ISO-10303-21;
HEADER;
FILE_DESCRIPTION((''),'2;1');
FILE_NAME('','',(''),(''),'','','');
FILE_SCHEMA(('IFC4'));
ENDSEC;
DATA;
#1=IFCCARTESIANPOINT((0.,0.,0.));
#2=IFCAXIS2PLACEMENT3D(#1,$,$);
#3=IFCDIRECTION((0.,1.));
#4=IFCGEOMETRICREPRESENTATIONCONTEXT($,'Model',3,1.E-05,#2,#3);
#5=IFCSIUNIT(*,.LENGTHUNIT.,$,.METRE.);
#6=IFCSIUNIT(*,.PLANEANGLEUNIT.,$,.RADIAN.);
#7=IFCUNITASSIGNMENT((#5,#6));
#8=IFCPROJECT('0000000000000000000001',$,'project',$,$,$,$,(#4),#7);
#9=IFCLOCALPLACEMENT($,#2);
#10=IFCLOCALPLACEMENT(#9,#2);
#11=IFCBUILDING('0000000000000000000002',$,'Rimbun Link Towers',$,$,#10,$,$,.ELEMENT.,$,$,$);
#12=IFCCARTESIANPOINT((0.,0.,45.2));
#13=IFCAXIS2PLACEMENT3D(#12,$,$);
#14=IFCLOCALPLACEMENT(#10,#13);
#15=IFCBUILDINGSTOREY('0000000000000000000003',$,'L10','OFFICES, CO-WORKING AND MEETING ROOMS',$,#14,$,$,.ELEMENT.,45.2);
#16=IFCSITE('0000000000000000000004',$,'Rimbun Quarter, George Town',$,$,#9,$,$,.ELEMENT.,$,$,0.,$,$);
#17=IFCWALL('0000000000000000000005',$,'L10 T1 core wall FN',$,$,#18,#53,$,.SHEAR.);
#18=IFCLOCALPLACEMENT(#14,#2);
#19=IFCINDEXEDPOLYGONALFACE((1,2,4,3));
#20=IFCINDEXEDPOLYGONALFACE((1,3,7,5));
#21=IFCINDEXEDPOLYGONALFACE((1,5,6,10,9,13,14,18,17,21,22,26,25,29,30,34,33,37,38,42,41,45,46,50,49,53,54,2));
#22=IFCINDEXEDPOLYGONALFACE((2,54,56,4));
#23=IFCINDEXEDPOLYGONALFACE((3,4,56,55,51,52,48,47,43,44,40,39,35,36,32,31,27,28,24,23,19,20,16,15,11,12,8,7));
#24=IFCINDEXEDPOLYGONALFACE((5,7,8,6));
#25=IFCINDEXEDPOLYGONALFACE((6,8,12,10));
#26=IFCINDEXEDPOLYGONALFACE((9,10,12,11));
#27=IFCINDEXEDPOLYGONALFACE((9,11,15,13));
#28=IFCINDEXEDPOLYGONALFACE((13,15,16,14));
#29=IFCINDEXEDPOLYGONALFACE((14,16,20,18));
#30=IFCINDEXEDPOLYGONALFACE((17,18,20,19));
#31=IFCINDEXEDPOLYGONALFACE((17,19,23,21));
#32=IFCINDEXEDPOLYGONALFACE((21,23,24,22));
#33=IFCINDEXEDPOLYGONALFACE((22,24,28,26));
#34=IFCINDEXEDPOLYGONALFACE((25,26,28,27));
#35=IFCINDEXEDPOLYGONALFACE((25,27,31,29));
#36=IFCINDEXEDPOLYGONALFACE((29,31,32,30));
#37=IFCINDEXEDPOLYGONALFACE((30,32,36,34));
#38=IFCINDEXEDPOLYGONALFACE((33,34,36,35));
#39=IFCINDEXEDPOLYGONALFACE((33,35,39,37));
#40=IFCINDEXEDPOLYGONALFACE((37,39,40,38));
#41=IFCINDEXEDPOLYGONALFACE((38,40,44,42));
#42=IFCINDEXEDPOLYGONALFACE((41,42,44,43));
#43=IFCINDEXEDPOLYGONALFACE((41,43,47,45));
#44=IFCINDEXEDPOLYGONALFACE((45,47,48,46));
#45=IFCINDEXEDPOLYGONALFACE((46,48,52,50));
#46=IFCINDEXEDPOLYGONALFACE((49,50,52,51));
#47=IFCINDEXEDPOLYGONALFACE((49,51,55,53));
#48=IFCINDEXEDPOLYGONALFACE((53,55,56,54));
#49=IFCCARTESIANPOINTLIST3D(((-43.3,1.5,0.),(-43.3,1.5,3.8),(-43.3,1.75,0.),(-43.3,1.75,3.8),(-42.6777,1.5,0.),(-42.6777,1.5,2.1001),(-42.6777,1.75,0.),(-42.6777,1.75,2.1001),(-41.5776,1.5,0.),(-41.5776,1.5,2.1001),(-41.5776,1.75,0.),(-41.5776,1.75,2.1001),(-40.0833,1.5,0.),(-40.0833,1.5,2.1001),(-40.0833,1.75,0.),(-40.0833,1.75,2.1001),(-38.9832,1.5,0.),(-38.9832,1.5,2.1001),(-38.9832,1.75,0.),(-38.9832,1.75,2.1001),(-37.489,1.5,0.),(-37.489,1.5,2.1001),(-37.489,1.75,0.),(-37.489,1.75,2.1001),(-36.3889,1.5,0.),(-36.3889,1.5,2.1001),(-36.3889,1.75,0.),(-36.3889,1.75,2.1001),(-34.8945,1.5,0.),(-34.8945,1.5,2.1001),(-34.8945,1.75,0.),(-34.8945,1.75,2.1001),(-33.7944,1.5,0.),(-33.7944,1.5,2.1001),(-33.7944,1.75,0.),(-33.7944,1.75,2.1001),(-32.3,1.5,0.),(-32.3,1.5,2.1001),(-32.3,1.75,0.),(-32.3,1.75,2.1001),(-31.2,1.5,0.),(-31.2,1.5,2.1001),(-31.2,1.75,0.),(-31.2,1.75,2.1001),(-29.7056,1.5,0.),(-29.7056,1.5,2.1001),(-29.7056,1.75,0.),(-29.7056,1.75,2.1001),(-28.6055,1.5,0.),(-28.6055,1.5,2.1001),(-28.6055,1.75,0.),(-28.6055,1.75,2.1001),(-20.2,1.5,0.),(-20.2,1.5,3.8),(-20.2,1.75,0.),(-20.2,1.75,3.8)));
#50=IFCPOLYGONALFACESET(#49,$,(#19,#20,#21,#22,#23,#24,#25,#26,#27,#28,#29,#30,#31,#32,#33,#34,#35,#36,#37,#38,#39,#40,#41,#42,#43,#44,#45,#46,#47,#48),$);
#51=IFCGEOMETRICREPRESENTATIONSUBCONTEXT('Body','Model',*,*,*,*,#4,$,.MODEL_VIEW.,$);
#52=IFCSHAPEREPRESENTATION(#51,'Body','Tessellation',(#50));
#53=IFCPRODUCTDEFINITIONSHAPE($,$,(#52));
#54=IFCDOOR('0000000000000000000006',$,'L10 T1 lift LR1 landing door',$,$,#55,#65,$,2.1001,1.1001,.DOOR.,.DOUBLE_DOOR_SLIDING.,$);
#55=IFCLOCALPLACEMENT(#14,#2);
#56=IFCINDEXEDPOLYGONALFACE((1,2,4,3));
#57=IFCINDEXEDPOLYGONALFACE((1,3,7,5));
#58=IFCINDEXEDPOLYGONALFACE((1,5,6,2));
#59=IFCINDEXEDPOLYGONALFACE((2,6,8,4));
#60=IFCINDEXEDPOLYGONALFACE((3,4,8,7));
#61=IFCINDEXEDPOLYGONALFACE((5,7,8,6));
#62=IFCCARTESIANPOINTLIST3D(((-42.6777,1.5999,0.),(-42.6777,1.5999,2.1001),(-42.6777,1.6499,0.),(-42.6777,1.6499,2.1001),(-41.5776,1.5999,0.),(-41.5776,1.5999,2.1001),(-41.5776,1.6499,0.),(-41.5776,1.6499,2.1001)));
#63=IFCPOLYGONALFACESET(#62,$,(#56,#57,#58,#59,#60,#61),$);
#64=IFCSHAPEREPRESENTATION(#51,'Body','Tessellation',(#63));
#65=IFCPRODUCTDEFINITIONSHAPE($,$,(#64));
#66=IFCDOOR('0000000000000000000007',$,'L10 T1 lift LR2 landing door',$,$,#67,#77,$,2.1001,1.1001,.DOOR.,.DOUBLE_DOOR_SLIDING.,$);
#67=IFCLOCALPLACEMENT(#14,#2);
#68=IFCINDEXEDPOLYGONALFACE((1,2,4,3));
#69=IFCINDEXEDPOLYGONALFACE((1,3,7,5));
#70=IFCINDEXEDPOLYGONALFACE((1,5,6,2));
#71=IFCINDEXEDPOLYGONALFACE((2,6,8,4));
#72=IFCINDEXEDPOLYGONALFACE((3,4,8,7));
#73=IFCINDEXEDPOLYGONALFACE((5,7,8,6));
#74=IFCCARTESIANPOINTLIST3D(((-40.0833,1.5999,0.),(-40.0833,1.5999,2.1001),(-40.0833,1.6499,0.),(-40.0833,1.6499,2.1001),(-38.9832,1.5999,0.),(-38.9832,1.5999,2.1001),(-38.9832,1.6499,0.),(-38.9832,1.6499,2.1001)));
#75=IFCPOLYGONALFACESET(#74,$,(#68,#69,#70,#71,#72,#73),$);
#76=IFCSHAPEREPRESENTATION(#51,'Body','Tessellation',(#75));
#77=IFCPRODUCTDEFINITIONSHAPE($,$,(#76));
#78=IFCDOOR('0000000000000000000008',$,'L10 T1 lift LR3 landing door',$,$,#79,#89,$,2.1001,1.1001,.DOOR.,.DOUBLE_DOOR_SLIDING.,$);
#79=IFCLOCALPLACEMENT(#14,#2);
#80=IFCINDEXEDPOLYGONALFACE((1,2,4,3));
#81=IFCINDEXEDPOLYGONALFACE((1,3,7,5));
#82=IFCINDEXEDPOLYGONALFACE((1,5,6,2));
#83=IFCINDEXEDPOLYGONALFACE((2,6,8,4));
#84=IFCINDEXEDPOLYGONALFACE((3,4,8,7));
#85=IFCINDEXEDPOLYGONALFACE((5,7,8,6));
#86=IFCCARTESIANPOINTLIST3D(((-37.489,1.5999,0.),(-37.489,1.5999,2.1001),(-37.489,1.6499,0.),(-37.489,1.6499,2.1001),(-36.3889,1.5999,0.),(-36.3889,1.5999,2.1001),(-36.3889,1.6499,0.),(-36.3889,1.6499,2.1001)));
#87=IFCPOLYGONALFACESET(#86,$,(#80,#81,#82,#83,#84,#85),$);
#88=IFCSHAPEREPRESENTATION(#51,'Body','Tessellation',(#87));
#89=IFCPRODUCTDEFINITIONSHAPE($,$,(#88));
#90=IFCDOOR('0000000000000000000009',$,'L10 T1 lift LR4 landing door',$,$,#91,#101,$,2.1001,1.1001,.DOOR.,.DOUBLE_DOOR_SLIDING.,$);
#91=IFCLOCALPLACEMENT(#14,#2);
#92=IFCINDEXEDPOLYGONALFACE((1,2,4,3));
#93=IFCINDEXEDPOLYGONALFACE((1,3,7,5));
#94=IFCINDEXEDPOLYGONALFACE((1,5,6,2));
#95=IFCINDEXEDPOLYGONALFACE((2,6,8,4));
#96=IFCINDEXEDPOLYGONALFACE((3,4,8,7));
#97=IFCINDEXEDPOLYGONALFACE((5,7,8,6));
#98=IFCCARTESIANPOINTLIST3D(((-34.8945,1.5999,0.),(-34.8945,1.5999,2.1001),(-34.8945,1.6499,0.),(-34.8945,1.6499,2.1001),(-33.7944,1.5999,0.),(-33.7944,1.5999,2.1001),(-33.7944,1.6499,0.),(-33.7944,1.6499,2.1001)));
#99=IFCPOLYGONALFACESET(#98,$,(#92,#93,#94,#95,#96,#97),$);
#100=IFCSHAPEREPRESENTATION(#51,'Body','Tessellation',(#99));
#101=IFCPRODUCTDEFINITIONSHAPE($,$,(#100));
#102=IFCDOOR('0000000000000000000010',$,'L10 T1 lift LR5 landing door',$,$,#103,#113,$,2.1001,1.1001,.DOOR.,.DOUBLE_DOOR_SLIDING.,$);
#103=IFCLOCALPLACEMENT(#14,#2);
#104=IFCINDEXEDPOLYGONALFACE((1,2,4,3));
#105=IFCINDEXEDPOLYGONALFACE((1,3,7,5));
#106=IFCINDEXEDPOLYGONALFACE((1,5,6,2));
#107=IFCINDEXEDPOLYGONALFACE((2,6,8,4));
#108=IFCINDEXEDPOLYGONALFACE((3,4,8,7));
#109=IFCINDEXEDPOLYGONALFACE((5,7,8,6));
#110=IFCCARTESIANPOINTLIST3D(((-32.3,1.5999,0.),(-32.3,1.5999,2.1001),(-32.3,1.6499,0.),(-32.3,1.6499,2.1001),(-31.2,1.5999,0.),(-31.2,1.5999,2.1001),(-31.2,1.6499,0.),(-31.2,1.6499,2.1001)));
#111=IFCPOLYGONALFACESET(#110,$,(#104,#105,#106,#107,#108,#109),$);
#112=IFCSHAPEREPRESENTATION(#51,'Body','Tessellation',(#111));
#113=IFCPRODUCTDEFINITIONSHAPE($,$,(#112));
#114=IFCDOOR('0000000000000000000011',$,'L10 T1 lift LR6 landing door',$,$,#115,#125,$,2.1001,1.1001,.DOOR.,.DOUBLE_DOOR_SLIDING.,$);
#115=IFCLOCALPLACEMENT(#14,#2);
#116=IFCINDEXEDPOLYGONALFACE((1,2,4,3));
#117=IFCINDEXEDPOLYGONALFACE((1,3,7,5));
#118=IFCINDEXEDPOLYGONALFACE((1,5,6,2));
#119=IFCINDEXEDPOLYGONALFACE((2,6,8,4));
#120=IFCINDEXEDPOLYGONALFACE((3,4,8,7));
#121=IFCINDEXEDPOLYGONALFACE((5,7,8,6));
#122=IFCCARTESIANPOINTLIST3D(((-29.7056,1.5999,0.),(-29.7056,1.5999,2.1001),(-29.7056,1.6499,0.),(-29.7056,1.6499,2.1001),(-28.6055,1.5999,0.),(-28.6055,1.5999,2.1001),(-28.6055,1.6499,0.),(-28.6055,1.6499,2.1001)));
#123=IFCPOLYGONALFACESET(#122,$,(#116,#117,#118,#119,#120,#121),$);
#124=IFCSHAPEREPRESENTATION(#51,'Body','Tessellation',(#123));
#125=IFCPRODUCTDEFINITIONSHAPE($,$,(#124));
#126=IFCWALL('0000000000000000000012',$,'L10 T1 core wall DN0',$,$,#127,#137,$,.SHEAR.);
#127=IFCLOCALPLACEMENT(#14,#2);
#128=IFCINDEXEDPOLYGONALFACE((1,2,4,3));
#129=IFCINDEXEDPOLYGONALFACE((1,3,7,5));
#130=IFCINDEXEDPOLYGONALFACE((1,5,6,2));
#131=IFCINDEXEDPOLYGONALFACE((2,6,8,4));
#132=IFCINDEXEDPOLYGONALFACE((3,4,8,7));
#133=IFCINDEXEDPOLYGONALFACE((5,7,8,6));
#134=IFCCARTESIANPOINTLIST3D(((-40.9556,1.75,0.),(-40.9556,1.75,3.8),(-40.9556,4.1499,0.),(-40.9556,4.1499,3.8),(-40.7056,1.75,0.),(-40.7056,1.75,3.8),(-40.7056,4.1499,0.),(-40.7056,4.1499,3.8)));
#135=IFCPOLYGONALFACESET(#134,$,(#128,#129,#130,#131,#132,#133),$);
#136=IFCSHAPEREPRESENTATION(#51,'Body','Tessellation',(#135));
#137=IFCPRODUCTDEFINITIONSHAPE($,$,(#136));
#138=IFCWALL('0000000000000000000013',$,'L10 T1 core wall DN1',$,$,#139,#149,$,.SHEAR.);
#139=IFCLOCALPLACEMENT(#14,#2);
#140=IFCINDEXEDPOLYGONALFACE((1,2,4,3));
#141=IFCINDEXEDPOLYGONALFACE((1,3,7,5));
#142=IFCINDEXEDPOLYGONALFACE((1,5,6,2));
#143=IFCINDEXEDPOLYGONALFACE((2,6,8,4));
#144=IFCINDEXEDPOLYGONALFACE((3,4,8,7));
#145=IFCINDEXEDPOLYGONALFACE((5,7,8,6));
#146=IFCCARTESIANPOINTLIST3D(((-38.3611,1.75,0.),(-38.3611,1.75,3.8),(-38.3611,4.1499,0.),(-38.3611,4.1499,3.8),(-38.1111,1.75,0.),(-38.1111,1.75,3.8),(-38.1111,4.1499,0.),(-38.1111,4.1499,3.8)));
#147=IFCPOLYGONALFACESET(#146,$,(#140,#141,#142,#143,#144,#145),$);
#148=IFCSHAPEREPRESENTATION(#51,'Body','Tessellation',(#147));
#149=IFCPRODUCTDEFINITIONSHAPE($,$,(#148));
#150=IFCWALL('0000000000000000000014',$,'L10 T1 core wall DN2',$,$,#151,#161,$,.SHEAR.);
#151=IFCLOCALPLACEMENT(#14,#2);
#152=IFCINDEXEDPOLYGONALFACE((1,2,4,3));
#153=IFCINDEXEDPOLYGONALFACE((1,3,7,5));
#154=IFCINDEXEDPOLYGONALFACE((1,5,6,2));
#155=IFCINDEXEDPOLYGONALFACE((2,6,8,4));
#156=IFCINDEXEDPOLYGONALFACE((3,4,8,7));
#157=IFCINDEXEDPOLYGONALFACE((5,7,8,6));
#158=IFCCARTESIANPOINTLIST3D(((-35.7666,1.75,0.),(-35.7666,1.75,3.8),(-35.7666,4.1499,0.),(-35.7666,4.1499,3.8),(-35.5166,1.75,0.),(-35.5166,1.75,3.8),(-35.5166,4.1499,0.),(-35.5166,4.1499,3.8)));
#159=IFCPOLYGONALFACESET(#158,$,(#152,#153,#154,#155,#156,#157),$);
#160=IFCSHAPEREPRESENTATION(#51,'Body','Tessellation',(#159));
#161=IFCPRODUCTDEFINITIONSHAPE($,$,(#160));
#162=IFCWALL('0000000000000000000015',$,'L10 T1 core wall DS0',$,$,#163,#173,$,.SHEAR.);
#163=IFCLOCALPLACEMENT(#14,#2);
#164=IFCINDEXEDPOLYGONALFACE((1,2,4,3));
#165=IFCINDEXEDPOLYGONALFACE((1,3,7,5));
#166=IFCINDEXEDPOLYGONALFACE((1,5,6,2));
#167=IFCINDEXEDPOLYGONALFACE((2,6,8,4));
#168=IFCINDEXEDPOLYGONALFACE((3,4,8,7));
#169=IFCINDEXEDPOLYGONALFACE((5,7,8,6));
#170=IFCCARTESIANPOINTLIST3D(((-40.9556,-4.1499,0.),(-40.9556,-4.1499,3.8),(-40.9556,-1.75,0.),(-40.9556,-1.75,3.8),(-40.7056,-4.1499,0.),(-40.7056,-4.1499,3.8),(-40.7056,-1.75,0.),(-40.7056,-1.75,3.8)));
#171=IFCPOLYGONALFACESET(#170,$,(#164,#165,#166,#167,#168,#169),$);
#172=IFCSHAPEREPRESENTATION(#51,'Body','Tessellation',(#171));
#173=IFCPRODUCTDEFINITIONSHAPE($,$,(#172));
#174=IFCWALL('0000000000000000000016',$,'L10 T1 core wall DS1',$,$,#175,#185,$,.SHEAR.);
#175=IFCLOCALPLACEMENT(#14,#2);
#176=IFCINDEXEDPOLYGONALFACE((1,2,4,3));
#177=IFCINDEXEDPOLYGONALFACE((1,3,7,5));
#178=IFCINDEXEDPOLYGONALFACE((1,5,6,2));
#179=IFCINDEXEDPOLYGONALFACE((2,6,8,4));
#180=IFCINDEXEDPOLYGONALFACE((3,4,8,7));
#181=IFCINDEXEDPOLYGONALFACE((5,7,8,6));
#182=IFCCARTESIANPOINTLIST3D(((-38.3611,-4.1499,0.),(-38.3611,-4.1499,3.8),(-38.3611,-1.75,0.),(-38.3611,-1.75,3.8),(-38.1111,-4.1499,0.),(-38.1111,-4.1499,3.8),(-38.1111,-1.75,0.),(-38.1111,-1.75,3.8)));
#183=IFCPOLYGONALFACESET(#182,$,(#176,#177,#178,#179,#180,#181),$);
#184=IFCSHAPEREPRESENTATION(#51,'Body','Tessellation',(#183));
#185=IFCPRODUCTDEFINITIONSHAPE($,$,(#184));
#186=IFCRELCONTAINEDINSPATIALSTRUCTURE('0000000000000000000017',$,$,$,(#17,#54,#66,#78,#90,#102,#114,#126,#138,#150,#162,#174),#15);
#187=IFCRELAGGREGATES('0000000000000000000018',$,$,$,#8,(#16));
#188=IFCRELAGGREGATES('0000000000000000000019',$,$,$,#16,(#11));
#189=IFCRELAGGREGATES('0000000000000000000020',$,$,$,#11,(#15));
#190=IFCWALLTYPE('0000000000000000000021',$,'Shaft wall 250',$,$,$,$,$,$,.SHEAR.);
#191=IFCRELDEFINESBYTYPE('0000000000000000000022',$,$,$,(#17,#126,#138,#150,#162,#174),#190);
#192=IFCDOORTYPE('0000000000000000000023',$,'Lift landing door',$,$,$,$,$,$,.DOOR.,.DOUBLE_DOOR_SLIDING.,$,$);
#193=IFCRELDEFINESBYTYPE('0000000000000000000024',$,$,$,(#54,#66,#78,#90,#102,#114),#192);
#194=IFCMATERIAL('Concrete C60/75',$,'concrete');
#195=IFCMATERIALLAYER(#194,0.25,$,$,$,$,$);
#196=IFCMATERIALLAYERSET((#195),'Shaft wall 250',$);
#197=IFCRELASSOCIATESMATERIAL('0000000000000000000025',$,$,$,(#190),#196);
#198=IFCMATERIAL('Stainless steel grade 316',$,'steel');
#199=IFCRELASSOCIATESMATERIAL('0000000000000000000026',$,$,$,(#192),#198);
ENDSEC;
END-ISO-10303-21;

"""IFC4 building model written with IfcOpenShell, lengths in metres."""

from ifc_helpers import new_model, si_unit, direction, frame, frame_2d, origin, place, context, subcontext, project, spatial, rectangle, extrude, material, layer, layer_set, type_object, element, fill, save


model = new_model("IFC4")

# Units and contexts
model_context = context("Model", 3, precision=1e-05, world=origin(), true_north=direction((0.0, 1.0)))
body_context = subcontext(model_context, "Body", "Model", "MODEL_VIEW")
ifc_project = project(units=[si_unit("LENGTHUNIT", "METRE"), si_unit("PLANEANGLEUNIT", "RADIAN")], contexts=[model_context])

# Site, building, storey
site_placement = place(None, origin())
site = spatial("IfcSite", under=ifc_project, at=site_placement, Name="Rimbun Quarter, George Town", CompositionType="ELEMENT", RefElevation=0.0)
building_placement = place(site_placement, origin())
building = spatial("IfcBuilding", under=site, at=building_placement, Name="Rimbun Link Towers", CompositionType="ELEMENT")
storey_placement = place(building_placement, frame((0.0, 0.0, 45.2)))
storey = spatial("IfcBuildingStorey", under=building, at=storey_placement, Name="L10", Description="OFFICES, CO-WORKING AND MEETING ROOMS", CompositionType="ELEMENT", Elevation=45.2)

# Wall, openings, doors
ifc_material_1 = material(Name="Concrete C60/75", Category="concrete")
ifc_layer_1 = layer(ifc_material_1, 0.25)
ifc_layer_set_1 = layer_set([ifc_layer_1], Name="Shaft wall 250")
wall_type_1 = type_object("IfcWallType", Name="Shaft wall 250", PredefinedType="SHEAR", material=ifc_layer_set_1)
wall_1_placement = place(storey_placement, frame((-43.3, 1.625, 0.0), z_axis=(0.0, 0.0, 1.0), x_axis=(1.0, 0.0, 0.0)))
wall_1 = element("IfcWall", 1, at=wall_1_placement, inside=storey, type_object=wall_type_1, Name="L10 T1 core wall FN", PredefinedType="SHEAR", context=body_context, shape_type="SweptSolid", body=[
    extrude(rectangle(XDim=23.1001, YDim=0.25, at=frame_2d((11.55, 0.0))), origin(), (0.0, 0.0, 1.0), 3.8),
])
opening_1_placement = place(wall_1_placement, frame((0.6223, 0.0, 0.0)))
opening_1 = element("IfcOpeningElement", 2, at=opening_1_placement, cuts=wall_1, PredefinedType="OPENING", context=body_context, shape_type="SweptSolid", body=[
    extrude(rectangle(XDim=1.1001, YDim=2.1001, at=frame_2d((0.55, 1.05))), frame((0.0, 0.135, 0.0), z_axis=(0.0, -1.0, 0.0), x_axis=(1.0, 0.0, 0.0)), (0.0, 0.0, 1.0), 0.27),
])
opening_2_placement = place(wall_1_placement, frame((3.2168, 0.0, 0.0)))
opening_2 = element("IfcOpeningElement", 3, at=opening_2_placement, cuts=wall_1, PredefinedType="OPENING", context=body_context, shape_type="SweptSolid", body=[
    extrude(rectangle(XDim=1.1001, YDim=2.1001, at=frame_2d((0.55, 1.05))), frame((0.0, 0.135, 0.0), z_axis=(0.0, -1.0, 0.0), x_axis=(1.0, 0.0, 0.0)), (0.0, 0.0, 1.0), 0.27),
])
opening_3_placement = place(wall_1_placement, frame((5.811, 0.0, 0.0)))
opening_3 = element("IfcOpeningElement", 4, at=opening_3_placement, cuts=wall_1, PredefinedType="OPENING", context=body_context, shape_type="SweptSolid", body=[
    extrude(rectangle(XDim=1.1001, YDim=2.1001, at=frame_2d((0.55, 1.05))), frame((0.0, 0.135, 0.0), z_axis=(0.0, -1.0, 0.0), x_axis=(1.0, 0.0, 0.0)), (0.0, 0.0, 1.0), 0.27),
])
opening_4_placement = place(wall_1_placement, frame((8.4055, 0.0, 0.0)))
opening_4 = element("IfcOpeningElement", 5, at=opening_4_placement, cuts=wall_1, PredefinedType="OPENING", context=body_context, shape_type="SweptSolid", body=[
    extrude(rectangle(XDim=1.1001, YDim=2.1001, at=frame_2d((0.55, 1.05))), frame((0.0, 0.135, 0.0), z_axis=(0.0, -1.0, 0.0), x_axis=(1.0, 0.0, 0.0)), (0.0, 0.0, 1.0), 0.27),
])
opening_5_placement = place(wall_1_placement, frame((11.0, 0.0, 0.0)))
opening_5 = element("IfcOpeningElement", 6, at=opening_5_placement, cuts=wall_1, PredefinedType="OPENING", context=body_context, shape_type="SweptSolid", body=[
    extrude(rectangle(XDim=1.1001, YDim=2.1001, at=frame_2d((0.55, 1.05))), frame((0.0, 0.135, 0.0), z_axis=(0.0, -1.0, 0.0), x_axis=(1.0, 0.0, 0.0)), (0.0, 0.0, 1.0), 0.27),
])
opening_6_placement = place(wall_1_placement, frame((13.5945, 0.0, 0.0)))
opening_6 = element("IfcOpeningElement", 7, at=opening_6_placement, cuts=wall_1, PredefinedType="OPENING", context=body_context, shape_type="SweptSolid", body=[
    extrude(rectangle(XDim=1.1001, YDim=2.1001, at=frame_2d((0.55, 1.05))), frame((0.0, 0.135, 0.0), z_axis=(0.0, -1.0, 0.0), x_axis=(1.0, 0.0, 0.0)), (0.0, 0.0, 1.0), 0.27),
])
ifc_material_2 = material(Name="Stainless steel grade 316", Category="steel")
door_type = type_object("IfcDoorType", Name="Lift landing door", OperationType="DOUBLE_DOOR_SLIDING", PredefinedType="DOOR", material=ifc_material_2)
door_1_placement = place(opening_1_placement, origin())
door_1 = element("IfcDoor", 8, at=door_1_placement, inside=storey, type_object=door_type, Name="L10 T1 lift LR1 landing door", OperationType="DOUBLE_DOOR_SLIDING", OverallHeight=2.1001, OverallWidth=1.1001, PredefinedType="DOOR", context=body_context, shape_type="SweptSolid", body=[
    extrude(rectangle(XDim=1.1001, YDim=2.1001, at=frame_2d((0.55, 1.05))), frame((0.0, 0.0249, 0.0), z_axis=(0.0, -1.0, 0.0), x_axis=(1.0, 0.0, 0.0)), (0.0, 0.0, 1.0), 0.05),
])
fill(opening_1, door_1)
door_2_placement = place(opening_2_placement, origin())
door_2 = element("IfcDoor", 9, at=door_2_placement, inside=storey, type_object=door_type, Name="L10 T1 lift LR2 landing door", OperationType="DOUBLE_DOOR_SLIDING", OverallHeight=2.1001, OverallWidth=1.1001, PredefinedType="DOOR", context=body_context, shape_type="SweptSolid", body=[
    extrude(rectangle(XDim=1.1001, YDim=2.1001, at=frame_2d((0.55, 1.05))), frame((0.0, 0.0249, 0.0), z_axis=(0.0, -1.0, 0.0), x_axis=(1.0, 0.0, 0.0)), (0.0, 0.0, 1.0), 0.05),
])
fill(opening_2, door_2)
door_3_placement = place(opening_3_placement, origin())
door_3 = element("IfcDoor", 10, at=door_3_placement, inside=storey, type_object=door_type, Name="L10 T1 lift LR3 landing door", OperationType="DOUBLE_DOOR_SLIDING", OverallHeight=2.1001, OverallWidth=1.1001, PredefinedType="DOOR", context=body_context, shape_type="SweptSolid", body=[
    extrude(rectangle(XDim=1.1001, YDim=2.1001, at=frame_2d((0.55, 1.05))), frame((0.0, 0.0249, 0.0), z_axis=(0.0, -1.0, 0.0), x_axis=(1.0, 0.0, 0.0)), (0.0, 0.0, 1.0), 0.05),
])
fill(opening_3, door_3)
door_4_placement = place(opening_4_placement, origin())
door_4 = element("IfcDoor", 11, at=door_4_placement, inside=storey, type_object=door_type, Name="L10 T1 lift LR4 landing door", OperationType="DOUBLE_DOOR_SLIDING", OverallHeight=2.1001, OverallWidth=1.1001, PredefinedType="DOOR", context=body_context, shape_type="SweptSolid", body=[
    extrude(rectangle(XDim=1.1001, YDim=2.1001, at=frame_2d((0.55, 1.05))), frame((0.0, 0.0249, 0.0), z_axis=(0.0, -1.0, 0.0), x_axis=(1.0, 0.0, 0.0)), (0.0, 0.0, 1.0), 0.05),
])
fill(opening_4, door_4)
door_5_placement = place(opening_5_placement, origin())
door_5 = element("IfcDoor", 12, at=door_5_placement, inside=storey, type_object=door_type, Name="L10 T1 lift LR5 landing door", OperationType="DOUBLE_DOOR_SLIDING", OverallHeight=2.1001, OverallWidth=1.1001, PredefinedType="DOOR", context=body_context, shape_type="SweptSolid", body=[
    extrude(rectangle(XDim=1.1001, YDim=2.1001, at=frame_2d((0.55, 1.05))), frame((0.0, 0.0249, 0.0), z_axis=(0.0, -1.0, 0.0), x_axis=(1.0, 0.0, 0.0)), (0.0, 0.0, 1.0), 0.05),
])
fill(opening_5, door_5)
door_6_placement = place(opening_6_placement, origin())
door_6 = element("IfcDoor", 13, at=door_6_placement, inside=storey, type_object=door_type, Name="L10 T1 lift LR6 landing door", OperationType="DOUBLE_DOOR_SLIDING", OverallHeight=2.1001, OverallWidth=1.1001, PredefinedType="DOOR", context=body_context, shape_type="SweptSolid", body=[
    extrude(rectangle(XDim=1.1001, YDim=2.1001, at=frame_2d((0.55, 1.05))), frame((0.0, 0.0249, 0.0), z_axis=(0.0, -1.0, 0.0), x_axis=(1.0, 0.0, 0.0)), (0.0, 0.0, 1.0), 0.05),
])
fill(opening_6, door_6)

# Walls
for number, where, z_axis, x_axis, name in (
    (14, (-40.8306, 1.75, 0.0), (0.0, 0.0, 1.0), (0.0, 1.0, 0.0), "L10 T1 core wall DN0"),
    (15, (-38.2361, 1.75, 0.0), (0.0, 0.0, 1.0), (0.0, 1.0, 0.0), "L10 T1 core wall DN1"),
    (16, (-35.6416, 1.75, 0.0), (0.0, 0.0, 1.0), (0.0, 1.0, 0.0), "L10 T1 core wall DN2"),
    (17, (-40.8306, -4.1499, 0.0), (0.0, 0.0, 1.0), (0.0, 1.0, 0.0), "L10 T1 core wall DS0"),
    (18, (-38.2361, -4.1499, 0.0), (0.0, 0.0, 1.0), (0.0, 1.0, 0.0), "L10 T1 core wall DS1"),
):
    element("IfcWall", number, at=place(storey_placement, frame(where, z_axis=z_axis, x_axis=x_axis)), inside=storey, type_object=wall_type_1, Name=name, PredefinedType="SHEAR", context=body_context, shape_type="SweptSolid", body=[
        extrude(rectangle(XDim=2.3999, YDim=0.25, at=frame_2d((1.2, 0.0))), origin(), (0.0, 0.0, 1.0), 3.8),
    ])

save(model, "model.ifc")
